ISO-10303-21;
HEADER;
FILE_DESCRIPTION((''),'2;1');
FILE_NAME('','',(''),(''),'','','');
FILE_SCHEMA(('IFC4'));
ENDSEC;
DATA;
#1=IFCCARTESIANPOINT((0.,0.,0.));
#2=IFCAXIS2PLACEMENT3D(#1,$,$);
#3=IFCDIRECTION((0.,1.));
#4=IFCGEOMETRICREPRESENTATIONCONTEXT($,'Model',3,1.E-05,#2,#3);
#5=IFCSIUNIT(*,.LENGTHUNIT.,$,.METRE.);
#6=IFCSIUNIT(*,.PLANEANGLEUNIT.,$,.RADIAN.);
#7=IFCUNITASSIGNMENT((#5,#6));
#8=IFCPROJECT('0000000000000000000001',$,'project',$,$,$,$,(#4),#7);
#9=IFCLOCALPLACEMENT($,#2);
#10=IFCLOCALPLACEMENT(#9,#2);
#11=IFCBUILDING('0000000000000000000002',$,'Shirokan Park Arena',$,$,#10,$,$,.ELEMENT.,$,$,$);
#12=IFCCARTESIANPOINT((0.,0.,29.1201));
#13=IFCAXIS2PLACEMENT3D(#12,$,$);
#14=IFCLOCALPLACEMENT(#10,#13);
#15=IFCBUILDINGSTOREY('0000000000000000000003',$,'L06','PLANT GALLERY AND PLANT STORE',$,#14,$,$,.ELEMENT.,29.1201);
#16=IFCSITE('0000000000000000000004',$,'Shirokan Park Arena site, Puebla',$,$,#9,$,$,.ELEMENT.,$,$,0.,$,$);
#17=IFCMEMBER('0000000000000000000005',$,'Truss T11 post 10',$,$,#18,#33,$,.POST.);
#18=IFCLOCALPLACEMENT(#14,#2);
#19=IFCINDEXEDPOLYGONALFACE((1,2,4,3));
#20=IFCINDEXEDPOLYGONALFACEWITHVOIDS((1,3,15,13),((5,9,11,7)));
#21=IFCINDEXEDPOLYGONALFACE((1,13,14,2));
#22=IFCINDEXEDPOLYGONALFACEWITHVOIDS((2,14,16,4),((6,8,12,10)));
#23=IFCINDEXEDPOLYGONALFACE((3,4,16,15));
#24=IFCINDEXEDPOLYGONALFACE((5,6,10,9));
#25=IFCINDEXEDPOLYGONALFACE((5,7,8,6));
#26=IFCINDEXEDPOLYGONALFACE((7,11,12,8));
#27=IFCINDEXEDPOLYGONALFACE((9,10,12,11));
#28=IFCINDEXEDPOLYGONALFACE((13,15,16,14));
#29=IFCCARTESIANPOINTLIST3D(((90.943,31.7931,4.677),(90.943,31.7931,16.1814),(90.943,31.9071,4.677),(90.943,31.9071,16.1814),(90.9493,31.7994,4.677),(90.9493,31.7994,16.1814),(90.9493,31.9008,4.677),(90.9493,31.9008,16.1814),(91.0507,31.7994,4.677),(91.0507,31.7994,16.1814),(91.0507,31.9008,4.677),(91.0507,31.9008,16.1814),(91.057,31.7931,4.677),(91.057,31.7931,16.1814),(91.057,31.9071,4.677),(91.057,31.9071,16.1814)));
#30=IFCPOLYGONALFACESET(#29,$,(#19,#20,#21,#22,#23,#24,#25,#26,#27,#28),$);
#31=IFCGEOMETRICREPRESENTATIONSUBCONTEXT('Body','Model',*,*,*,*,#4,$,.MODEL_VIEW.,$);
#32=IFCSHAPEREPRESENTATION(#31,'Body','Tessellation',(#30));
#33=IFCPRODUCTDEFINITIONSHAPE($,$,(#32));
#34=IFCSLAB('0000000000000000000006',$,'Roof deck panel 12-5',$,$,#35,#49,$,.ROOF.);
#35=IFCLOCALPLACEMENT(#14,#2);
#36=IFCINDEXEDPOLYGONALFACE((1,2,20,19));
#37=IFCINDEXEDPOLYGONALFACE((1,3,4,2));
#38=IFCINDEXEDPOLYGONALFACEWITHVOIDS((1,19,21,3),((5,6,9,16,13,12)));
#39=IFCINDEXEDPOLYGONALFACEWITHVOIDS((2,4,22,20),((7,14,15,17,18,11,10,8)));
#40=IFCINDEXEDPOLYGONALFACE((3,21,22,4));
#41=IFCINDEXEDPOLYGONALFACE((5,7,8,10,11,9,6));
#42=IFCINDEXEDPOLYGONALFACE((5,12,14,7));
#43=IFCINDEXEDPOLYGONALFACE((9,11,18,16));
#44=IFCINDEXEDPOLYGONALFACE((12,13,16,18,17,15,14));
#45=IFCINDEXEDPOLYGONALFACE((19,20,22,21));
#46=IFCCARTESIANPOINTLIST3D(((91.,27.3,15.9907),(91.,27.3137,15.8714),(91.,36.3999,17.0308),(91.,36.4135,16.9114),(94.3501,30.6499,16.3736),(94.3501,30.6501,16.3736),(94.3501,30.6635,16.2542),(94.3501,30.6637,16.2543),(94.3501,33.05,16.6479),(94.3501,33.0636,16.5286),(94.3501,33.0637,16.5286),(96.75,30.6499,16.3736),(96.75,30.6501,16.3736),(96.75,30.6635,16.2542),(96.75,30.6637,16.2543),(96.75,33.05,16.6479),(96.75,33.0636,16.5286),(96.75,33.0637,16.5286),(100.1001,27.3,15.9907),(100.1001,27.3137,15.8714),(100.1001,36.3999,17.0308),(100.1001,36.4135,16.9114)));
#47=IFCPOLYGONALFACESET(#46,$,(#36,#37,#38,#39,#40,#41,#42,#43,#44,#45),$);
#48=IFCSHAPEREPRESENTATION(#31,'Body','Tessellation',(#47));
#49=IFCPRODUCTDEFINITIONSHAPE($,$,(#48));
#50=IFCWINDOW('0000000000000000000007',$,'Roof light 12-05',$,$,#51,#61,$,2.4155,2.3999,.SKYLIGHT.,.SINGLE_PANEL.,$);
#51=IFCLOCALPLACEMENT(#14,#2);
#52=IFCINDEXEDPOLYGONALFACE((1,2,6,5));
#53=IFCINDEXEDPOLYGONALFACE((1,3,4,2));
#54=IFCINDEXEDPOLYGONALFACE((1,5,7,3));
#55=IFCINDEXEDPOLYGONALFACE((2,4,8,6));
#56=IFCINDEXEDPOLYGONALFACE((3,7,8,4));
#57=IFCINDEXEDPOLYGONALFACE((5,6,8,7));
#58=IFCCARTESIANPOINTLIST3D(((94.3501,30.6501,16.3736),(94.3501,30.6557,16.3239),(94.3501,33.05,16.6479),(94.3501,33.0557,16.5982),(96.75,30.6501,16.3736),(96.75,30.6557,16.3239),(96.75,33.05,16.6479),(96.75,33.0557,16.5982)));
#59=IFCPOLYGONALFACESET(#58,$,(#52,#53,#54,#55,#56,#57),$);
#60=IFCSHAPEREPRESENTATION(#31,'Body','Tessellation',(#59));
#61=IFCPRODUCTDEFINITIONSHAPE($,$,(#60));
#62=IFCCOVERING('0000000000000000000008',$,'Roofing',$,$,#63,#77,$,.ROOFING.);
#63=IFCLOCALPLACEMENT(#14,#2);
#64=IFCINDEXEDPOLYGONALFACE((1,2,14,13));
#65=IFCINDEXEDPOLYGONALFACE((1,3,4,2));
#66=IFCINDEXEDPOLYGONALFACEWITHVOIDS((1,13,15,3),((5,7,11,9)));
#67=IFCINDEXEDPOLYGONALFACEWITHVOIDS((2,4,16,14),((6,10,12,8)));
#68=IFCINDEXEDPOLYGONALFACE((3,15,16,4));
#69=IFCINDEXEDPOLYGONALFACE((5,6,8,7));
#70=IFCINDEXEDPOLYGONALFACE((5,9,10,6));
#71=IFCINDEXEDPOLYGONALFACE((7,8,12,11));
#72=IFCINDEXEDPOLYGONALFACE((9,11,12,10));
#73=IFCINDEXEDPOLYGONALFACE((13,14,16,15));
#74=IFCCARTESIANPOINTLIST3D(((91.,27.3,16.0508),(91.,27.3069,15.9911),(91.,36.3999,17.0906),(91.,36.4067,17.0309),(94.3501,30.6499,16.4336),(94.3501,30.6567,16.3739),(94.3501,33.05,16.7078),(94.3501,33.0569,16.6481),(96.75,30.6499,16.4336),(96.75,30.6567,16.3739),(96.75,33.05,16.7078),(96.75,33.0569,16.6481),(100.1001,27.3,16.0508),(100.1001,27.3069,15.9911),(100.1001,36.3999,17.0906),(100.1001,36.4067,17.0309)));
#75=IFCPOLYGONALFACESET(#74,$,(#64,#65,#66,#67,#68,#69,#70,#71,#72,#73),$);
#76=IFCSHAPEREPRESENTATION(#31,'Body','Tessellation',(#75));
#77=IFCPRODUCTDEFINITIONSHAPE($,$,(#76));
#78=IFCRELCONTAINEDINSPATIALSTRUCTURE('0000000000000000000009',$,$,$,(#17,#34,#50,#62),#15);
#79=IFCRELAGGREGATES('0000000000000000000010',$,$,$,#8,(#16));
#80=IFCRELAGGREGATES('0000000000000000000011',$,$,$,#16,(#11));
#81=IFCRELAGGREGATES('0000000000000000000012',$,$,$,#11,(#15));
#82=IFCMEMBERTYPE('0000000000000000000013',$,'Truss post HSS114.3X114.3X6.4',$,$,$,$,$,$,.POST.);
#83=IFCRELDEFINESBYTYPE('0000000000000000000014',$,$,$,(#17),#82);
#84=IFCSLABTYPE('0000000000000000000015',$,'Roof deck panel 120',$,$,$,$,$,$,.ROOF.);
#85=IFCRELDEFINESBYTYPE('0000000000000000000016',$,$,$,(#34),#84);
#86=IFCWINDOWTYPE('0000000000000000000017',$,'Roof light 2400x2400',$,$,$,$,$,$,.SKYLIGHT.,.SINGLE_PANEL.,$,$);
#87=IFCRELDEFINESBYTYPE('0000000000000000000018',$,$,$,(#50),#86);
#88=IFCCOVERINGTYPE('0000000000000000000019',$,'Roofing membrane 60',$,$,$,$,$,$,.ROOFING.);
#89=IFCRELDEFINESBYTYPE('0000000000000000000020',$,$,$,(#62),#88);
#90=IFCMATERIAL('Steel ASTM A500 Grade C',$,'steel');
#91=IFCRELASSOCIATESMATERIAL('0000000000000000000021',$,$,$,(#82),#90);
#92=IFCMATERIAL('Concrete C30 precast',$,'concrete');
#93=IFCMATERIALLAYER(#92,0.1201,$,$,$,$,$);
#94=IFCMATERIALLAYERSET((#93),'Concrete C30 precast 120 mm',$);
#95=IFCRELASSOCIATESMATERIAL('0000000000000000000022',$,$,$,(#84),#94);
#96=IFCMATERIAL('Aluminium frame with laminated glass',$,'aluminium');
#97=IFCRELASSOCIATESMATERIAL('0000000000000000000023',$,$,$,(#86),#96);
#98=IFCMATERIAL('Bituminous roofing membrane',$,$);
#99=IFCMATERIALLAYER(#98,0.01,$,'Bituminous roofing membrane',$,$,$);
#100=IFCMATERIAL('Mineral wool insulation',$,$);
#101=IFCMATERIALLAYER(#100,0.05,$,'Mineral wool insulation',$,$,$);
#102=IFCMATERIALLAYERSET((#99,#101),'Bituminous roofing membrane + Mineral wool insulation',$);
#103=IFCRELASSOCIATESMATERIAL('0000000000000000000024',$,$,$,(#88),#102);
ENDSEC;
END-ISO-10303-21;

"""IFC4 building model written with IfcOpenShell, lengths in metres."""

from ifc_helpers import new_model, si_unit, direction, frame, origin, origin_2d, place, context, subcontext, project, spatial, polyline, rectangle, hollow_rectangle, outline, extrude, material, layer, layer_set, material_profile, profile_set, type_object, element, fill, save


model = new_model("IFC4")

# Units and contexts
model_context = context("Model", 3, precision=1e-05, world=origin(), true_north=direction((0.0, 1.0)))
body_context = subcontext(model_context, "Body", "Model", "MODEL_VIEW")
ifc_project = project(units=[si_unit("LENGTHUNIT", "METRE"), si_unit("PLANEANGLEUNIT", "RADIAN")], contexts=[model_context])

# Site, building, storey
site_placement = place(None, origin())
site = spatial("IfcSite", under=ifc_project, at=site_placement, Name="Shirokan Park Arena site, Puebla", CompositionType="ELEMENT", RefElevation=0.0)
building_placement = place(site_placement, origin())
building = spatial("IfcBuilding", under=site, at=building_placement, Name="Shirokan Park Arena", CompositionType="ELEMENT")
storey_placement = place(building_placement, frame((0.0, 0.0, 29.1201)))
storey = spatial("IfcBuildingStorey", under=building, at=storey_placement, Name="L06", Description="PLANT GALLERY AND PLANT STORE", CompositionType="ELEMENT", Elevation=29.1201)

# Member
ifc_material_1 = material(Name="Steel ASTM A500 Grade C", Category="steel")
ifc_material_profile_1 = material_profile(ifc_material_1, hollow_rectangle(XDim=0.114, YDim=0.114, WallThickness=0.0063, at=origin_2d()), Name="HSS114.3X114.3X6.4")
ifc_profile_set_1 = profile_set([ifc_material_profile_1], Name="Steel ASTM A500 Grade C")
member_type_1 = type_object("IfcMemberType", Name="Truss post HSS114.3X114.3X6.4", PredefinedType="POST", material=ifc_profile_set_1)
member_1_placement = place(storey_placement, frame((91.0, 31.8501, 4.677), z_axis=(0.0, 0.0, 1.0), x_axis=(1.0, 0.0, 0.0)))
element("IfcMember", 1, at=member_1_placement, inside=storey, type_object=member_type_1, Name="Truss T11 post 10", PredefinedType="POST", context=body_context, shape_type="SweptSolid", body=[
    extrude(hollow_rectangle(XDim=0.114, YDim=0.114, WallThickness=0.0063, at=origin_2d()), origin(), (0.0, 0.0, 1.0), 11.5044),
])

# Slab, opening, window
ifc_material_2 = material(Name="Concrete C30 precast", Category="concrete")
ifc_layer_1 = layer(ifc_material_2, 0.1201)
ifc_layer_set_1 = layer_set([ifc_layer_1], Name="Concrete C30 precast 120 mm")
slab_type = type_object("IfcSlabType", Name="Roof deck panel 120", PredefinedType="ROOF", material=ifc_layer_set_1)
slab_placement = place(storey_placement, frame((91.0, 27.3, 15.9907), z_axis=(0.0, -0.113553, 0.993532), x_axis=(1.0, 0.0, 0.0)))
slab = element("IfcSlab", 2, at=slab_placement, inside=storey, type_object=slab_type, Name="Roof deck panel 12-5", PredefinedType="ROOF", context=body_context, shape_type="SweptSolid", body=[
    extrude(outline(polyline([(0.0, 0.0), (9.1001, 0.0), (9.1001, 9.1591), (0.0, 9.1591), (0.0, 0.0)]), holes=[polyline([(3.3501, 3.3717), (5.75, 3.3717), (5.75, 5.7874), (3.3501, 5.7874), (3.3501, 3.3717)])]), origin(), (0.0, 0.0, -1.0), 0.1201),
])
opening_placement = place(slab_placement, frame((4.55, 4.5796, 0.01)))
opening = element("IfcOpeningElement", 3, at=opening_placement, cuts=slab, PredefinedType="OPENING", context=body_context, shape_type="SweptSolid", body=[
    extrude(rectangle(XDim=2.3999, YDim=2.4155, at=origin_2d()), origin(), (0.0, 0.0, -1.0), 0.1399),
])
ifc_material_3 = material(Name="Aluminium frame with laminated glass", Category="aluminium")
window_type = type_object("IfcWindowType", Name="Roof light 2400x2400", PartitioningType="SINGLE_PANEL", PredefinedType="SKYLIGHT", material=ifc_material_3)
window_placement = place(opening_placement, frame((0.0, 0.0, -0.0601)))
window = element("IfcWindow", 4, at=window_placement, inside=storey, type_object=window_type, Name="Roof light 12-05", OverallHeight=2.4155, OverallWidth=2.3999, PartitioningType="SINGLE_PANEL", PredefinedType="SKYLIGHT", context=body_context, shape_type="SweptSolid", body=[
    extrude(rectangle(XDim=2.3999, YDim=2.4155, at=origin_2d()), origin(), (0.0, 0.0, 1.0), 0.05),
])
fill(opening, window)

# Covering
ifc_material_4 = material(Name="Bituminous roofing membrane")
ifc_layer_2 = layer(ifc_material_4, 0.01, Name="Bituminous roofing membrane")
ifc_material_5 = material(Name="Mineral wool insulation")
ifc_layer_3 = layer(ifc_material_5, 0.05, Name="Mineral wool insulation")
ifc_layer_set_2 = layer_set([ifc_layer_2, ifc_layer_3], Name="Bituminous roofing membrane + Mineral wool insulation")
covering_type = type_object("IfcCoveringType", Name="Roofing membrane 60", PredefinedType="ROOFING", material=ifc_layer_set_2)
covering_placement = place(storey_placement, frame((91.0, 27.3, 16.0508), z_axis=(0.0, -0.113526, 0.993535), x_axis=(1.0, 0.0, 0.0)))
element("IfcCovering", 5, at=covering_placement, inside=storey, type_object=covering_type, Name="Roofing", PredefinedType="ROOFING", context=body_context, shape_type="SweptSolid", body=[
    extrude(outline(polyline([(0.0, 0.0), (9.1001, 0.0), (9.1001, 9.1591), (0.0, 9.1591), (0.0, 0.0)]), holes=[polyline([(5.75, 3.3717), (5.75, 5.7874), (3.3501, 5.7874), (3.3501, 3.3717), (5.75, 3.3717)])]), origin(), (0.0, 0.0, -1.0), 0.0601),
])

save(model, "model.ifc")
